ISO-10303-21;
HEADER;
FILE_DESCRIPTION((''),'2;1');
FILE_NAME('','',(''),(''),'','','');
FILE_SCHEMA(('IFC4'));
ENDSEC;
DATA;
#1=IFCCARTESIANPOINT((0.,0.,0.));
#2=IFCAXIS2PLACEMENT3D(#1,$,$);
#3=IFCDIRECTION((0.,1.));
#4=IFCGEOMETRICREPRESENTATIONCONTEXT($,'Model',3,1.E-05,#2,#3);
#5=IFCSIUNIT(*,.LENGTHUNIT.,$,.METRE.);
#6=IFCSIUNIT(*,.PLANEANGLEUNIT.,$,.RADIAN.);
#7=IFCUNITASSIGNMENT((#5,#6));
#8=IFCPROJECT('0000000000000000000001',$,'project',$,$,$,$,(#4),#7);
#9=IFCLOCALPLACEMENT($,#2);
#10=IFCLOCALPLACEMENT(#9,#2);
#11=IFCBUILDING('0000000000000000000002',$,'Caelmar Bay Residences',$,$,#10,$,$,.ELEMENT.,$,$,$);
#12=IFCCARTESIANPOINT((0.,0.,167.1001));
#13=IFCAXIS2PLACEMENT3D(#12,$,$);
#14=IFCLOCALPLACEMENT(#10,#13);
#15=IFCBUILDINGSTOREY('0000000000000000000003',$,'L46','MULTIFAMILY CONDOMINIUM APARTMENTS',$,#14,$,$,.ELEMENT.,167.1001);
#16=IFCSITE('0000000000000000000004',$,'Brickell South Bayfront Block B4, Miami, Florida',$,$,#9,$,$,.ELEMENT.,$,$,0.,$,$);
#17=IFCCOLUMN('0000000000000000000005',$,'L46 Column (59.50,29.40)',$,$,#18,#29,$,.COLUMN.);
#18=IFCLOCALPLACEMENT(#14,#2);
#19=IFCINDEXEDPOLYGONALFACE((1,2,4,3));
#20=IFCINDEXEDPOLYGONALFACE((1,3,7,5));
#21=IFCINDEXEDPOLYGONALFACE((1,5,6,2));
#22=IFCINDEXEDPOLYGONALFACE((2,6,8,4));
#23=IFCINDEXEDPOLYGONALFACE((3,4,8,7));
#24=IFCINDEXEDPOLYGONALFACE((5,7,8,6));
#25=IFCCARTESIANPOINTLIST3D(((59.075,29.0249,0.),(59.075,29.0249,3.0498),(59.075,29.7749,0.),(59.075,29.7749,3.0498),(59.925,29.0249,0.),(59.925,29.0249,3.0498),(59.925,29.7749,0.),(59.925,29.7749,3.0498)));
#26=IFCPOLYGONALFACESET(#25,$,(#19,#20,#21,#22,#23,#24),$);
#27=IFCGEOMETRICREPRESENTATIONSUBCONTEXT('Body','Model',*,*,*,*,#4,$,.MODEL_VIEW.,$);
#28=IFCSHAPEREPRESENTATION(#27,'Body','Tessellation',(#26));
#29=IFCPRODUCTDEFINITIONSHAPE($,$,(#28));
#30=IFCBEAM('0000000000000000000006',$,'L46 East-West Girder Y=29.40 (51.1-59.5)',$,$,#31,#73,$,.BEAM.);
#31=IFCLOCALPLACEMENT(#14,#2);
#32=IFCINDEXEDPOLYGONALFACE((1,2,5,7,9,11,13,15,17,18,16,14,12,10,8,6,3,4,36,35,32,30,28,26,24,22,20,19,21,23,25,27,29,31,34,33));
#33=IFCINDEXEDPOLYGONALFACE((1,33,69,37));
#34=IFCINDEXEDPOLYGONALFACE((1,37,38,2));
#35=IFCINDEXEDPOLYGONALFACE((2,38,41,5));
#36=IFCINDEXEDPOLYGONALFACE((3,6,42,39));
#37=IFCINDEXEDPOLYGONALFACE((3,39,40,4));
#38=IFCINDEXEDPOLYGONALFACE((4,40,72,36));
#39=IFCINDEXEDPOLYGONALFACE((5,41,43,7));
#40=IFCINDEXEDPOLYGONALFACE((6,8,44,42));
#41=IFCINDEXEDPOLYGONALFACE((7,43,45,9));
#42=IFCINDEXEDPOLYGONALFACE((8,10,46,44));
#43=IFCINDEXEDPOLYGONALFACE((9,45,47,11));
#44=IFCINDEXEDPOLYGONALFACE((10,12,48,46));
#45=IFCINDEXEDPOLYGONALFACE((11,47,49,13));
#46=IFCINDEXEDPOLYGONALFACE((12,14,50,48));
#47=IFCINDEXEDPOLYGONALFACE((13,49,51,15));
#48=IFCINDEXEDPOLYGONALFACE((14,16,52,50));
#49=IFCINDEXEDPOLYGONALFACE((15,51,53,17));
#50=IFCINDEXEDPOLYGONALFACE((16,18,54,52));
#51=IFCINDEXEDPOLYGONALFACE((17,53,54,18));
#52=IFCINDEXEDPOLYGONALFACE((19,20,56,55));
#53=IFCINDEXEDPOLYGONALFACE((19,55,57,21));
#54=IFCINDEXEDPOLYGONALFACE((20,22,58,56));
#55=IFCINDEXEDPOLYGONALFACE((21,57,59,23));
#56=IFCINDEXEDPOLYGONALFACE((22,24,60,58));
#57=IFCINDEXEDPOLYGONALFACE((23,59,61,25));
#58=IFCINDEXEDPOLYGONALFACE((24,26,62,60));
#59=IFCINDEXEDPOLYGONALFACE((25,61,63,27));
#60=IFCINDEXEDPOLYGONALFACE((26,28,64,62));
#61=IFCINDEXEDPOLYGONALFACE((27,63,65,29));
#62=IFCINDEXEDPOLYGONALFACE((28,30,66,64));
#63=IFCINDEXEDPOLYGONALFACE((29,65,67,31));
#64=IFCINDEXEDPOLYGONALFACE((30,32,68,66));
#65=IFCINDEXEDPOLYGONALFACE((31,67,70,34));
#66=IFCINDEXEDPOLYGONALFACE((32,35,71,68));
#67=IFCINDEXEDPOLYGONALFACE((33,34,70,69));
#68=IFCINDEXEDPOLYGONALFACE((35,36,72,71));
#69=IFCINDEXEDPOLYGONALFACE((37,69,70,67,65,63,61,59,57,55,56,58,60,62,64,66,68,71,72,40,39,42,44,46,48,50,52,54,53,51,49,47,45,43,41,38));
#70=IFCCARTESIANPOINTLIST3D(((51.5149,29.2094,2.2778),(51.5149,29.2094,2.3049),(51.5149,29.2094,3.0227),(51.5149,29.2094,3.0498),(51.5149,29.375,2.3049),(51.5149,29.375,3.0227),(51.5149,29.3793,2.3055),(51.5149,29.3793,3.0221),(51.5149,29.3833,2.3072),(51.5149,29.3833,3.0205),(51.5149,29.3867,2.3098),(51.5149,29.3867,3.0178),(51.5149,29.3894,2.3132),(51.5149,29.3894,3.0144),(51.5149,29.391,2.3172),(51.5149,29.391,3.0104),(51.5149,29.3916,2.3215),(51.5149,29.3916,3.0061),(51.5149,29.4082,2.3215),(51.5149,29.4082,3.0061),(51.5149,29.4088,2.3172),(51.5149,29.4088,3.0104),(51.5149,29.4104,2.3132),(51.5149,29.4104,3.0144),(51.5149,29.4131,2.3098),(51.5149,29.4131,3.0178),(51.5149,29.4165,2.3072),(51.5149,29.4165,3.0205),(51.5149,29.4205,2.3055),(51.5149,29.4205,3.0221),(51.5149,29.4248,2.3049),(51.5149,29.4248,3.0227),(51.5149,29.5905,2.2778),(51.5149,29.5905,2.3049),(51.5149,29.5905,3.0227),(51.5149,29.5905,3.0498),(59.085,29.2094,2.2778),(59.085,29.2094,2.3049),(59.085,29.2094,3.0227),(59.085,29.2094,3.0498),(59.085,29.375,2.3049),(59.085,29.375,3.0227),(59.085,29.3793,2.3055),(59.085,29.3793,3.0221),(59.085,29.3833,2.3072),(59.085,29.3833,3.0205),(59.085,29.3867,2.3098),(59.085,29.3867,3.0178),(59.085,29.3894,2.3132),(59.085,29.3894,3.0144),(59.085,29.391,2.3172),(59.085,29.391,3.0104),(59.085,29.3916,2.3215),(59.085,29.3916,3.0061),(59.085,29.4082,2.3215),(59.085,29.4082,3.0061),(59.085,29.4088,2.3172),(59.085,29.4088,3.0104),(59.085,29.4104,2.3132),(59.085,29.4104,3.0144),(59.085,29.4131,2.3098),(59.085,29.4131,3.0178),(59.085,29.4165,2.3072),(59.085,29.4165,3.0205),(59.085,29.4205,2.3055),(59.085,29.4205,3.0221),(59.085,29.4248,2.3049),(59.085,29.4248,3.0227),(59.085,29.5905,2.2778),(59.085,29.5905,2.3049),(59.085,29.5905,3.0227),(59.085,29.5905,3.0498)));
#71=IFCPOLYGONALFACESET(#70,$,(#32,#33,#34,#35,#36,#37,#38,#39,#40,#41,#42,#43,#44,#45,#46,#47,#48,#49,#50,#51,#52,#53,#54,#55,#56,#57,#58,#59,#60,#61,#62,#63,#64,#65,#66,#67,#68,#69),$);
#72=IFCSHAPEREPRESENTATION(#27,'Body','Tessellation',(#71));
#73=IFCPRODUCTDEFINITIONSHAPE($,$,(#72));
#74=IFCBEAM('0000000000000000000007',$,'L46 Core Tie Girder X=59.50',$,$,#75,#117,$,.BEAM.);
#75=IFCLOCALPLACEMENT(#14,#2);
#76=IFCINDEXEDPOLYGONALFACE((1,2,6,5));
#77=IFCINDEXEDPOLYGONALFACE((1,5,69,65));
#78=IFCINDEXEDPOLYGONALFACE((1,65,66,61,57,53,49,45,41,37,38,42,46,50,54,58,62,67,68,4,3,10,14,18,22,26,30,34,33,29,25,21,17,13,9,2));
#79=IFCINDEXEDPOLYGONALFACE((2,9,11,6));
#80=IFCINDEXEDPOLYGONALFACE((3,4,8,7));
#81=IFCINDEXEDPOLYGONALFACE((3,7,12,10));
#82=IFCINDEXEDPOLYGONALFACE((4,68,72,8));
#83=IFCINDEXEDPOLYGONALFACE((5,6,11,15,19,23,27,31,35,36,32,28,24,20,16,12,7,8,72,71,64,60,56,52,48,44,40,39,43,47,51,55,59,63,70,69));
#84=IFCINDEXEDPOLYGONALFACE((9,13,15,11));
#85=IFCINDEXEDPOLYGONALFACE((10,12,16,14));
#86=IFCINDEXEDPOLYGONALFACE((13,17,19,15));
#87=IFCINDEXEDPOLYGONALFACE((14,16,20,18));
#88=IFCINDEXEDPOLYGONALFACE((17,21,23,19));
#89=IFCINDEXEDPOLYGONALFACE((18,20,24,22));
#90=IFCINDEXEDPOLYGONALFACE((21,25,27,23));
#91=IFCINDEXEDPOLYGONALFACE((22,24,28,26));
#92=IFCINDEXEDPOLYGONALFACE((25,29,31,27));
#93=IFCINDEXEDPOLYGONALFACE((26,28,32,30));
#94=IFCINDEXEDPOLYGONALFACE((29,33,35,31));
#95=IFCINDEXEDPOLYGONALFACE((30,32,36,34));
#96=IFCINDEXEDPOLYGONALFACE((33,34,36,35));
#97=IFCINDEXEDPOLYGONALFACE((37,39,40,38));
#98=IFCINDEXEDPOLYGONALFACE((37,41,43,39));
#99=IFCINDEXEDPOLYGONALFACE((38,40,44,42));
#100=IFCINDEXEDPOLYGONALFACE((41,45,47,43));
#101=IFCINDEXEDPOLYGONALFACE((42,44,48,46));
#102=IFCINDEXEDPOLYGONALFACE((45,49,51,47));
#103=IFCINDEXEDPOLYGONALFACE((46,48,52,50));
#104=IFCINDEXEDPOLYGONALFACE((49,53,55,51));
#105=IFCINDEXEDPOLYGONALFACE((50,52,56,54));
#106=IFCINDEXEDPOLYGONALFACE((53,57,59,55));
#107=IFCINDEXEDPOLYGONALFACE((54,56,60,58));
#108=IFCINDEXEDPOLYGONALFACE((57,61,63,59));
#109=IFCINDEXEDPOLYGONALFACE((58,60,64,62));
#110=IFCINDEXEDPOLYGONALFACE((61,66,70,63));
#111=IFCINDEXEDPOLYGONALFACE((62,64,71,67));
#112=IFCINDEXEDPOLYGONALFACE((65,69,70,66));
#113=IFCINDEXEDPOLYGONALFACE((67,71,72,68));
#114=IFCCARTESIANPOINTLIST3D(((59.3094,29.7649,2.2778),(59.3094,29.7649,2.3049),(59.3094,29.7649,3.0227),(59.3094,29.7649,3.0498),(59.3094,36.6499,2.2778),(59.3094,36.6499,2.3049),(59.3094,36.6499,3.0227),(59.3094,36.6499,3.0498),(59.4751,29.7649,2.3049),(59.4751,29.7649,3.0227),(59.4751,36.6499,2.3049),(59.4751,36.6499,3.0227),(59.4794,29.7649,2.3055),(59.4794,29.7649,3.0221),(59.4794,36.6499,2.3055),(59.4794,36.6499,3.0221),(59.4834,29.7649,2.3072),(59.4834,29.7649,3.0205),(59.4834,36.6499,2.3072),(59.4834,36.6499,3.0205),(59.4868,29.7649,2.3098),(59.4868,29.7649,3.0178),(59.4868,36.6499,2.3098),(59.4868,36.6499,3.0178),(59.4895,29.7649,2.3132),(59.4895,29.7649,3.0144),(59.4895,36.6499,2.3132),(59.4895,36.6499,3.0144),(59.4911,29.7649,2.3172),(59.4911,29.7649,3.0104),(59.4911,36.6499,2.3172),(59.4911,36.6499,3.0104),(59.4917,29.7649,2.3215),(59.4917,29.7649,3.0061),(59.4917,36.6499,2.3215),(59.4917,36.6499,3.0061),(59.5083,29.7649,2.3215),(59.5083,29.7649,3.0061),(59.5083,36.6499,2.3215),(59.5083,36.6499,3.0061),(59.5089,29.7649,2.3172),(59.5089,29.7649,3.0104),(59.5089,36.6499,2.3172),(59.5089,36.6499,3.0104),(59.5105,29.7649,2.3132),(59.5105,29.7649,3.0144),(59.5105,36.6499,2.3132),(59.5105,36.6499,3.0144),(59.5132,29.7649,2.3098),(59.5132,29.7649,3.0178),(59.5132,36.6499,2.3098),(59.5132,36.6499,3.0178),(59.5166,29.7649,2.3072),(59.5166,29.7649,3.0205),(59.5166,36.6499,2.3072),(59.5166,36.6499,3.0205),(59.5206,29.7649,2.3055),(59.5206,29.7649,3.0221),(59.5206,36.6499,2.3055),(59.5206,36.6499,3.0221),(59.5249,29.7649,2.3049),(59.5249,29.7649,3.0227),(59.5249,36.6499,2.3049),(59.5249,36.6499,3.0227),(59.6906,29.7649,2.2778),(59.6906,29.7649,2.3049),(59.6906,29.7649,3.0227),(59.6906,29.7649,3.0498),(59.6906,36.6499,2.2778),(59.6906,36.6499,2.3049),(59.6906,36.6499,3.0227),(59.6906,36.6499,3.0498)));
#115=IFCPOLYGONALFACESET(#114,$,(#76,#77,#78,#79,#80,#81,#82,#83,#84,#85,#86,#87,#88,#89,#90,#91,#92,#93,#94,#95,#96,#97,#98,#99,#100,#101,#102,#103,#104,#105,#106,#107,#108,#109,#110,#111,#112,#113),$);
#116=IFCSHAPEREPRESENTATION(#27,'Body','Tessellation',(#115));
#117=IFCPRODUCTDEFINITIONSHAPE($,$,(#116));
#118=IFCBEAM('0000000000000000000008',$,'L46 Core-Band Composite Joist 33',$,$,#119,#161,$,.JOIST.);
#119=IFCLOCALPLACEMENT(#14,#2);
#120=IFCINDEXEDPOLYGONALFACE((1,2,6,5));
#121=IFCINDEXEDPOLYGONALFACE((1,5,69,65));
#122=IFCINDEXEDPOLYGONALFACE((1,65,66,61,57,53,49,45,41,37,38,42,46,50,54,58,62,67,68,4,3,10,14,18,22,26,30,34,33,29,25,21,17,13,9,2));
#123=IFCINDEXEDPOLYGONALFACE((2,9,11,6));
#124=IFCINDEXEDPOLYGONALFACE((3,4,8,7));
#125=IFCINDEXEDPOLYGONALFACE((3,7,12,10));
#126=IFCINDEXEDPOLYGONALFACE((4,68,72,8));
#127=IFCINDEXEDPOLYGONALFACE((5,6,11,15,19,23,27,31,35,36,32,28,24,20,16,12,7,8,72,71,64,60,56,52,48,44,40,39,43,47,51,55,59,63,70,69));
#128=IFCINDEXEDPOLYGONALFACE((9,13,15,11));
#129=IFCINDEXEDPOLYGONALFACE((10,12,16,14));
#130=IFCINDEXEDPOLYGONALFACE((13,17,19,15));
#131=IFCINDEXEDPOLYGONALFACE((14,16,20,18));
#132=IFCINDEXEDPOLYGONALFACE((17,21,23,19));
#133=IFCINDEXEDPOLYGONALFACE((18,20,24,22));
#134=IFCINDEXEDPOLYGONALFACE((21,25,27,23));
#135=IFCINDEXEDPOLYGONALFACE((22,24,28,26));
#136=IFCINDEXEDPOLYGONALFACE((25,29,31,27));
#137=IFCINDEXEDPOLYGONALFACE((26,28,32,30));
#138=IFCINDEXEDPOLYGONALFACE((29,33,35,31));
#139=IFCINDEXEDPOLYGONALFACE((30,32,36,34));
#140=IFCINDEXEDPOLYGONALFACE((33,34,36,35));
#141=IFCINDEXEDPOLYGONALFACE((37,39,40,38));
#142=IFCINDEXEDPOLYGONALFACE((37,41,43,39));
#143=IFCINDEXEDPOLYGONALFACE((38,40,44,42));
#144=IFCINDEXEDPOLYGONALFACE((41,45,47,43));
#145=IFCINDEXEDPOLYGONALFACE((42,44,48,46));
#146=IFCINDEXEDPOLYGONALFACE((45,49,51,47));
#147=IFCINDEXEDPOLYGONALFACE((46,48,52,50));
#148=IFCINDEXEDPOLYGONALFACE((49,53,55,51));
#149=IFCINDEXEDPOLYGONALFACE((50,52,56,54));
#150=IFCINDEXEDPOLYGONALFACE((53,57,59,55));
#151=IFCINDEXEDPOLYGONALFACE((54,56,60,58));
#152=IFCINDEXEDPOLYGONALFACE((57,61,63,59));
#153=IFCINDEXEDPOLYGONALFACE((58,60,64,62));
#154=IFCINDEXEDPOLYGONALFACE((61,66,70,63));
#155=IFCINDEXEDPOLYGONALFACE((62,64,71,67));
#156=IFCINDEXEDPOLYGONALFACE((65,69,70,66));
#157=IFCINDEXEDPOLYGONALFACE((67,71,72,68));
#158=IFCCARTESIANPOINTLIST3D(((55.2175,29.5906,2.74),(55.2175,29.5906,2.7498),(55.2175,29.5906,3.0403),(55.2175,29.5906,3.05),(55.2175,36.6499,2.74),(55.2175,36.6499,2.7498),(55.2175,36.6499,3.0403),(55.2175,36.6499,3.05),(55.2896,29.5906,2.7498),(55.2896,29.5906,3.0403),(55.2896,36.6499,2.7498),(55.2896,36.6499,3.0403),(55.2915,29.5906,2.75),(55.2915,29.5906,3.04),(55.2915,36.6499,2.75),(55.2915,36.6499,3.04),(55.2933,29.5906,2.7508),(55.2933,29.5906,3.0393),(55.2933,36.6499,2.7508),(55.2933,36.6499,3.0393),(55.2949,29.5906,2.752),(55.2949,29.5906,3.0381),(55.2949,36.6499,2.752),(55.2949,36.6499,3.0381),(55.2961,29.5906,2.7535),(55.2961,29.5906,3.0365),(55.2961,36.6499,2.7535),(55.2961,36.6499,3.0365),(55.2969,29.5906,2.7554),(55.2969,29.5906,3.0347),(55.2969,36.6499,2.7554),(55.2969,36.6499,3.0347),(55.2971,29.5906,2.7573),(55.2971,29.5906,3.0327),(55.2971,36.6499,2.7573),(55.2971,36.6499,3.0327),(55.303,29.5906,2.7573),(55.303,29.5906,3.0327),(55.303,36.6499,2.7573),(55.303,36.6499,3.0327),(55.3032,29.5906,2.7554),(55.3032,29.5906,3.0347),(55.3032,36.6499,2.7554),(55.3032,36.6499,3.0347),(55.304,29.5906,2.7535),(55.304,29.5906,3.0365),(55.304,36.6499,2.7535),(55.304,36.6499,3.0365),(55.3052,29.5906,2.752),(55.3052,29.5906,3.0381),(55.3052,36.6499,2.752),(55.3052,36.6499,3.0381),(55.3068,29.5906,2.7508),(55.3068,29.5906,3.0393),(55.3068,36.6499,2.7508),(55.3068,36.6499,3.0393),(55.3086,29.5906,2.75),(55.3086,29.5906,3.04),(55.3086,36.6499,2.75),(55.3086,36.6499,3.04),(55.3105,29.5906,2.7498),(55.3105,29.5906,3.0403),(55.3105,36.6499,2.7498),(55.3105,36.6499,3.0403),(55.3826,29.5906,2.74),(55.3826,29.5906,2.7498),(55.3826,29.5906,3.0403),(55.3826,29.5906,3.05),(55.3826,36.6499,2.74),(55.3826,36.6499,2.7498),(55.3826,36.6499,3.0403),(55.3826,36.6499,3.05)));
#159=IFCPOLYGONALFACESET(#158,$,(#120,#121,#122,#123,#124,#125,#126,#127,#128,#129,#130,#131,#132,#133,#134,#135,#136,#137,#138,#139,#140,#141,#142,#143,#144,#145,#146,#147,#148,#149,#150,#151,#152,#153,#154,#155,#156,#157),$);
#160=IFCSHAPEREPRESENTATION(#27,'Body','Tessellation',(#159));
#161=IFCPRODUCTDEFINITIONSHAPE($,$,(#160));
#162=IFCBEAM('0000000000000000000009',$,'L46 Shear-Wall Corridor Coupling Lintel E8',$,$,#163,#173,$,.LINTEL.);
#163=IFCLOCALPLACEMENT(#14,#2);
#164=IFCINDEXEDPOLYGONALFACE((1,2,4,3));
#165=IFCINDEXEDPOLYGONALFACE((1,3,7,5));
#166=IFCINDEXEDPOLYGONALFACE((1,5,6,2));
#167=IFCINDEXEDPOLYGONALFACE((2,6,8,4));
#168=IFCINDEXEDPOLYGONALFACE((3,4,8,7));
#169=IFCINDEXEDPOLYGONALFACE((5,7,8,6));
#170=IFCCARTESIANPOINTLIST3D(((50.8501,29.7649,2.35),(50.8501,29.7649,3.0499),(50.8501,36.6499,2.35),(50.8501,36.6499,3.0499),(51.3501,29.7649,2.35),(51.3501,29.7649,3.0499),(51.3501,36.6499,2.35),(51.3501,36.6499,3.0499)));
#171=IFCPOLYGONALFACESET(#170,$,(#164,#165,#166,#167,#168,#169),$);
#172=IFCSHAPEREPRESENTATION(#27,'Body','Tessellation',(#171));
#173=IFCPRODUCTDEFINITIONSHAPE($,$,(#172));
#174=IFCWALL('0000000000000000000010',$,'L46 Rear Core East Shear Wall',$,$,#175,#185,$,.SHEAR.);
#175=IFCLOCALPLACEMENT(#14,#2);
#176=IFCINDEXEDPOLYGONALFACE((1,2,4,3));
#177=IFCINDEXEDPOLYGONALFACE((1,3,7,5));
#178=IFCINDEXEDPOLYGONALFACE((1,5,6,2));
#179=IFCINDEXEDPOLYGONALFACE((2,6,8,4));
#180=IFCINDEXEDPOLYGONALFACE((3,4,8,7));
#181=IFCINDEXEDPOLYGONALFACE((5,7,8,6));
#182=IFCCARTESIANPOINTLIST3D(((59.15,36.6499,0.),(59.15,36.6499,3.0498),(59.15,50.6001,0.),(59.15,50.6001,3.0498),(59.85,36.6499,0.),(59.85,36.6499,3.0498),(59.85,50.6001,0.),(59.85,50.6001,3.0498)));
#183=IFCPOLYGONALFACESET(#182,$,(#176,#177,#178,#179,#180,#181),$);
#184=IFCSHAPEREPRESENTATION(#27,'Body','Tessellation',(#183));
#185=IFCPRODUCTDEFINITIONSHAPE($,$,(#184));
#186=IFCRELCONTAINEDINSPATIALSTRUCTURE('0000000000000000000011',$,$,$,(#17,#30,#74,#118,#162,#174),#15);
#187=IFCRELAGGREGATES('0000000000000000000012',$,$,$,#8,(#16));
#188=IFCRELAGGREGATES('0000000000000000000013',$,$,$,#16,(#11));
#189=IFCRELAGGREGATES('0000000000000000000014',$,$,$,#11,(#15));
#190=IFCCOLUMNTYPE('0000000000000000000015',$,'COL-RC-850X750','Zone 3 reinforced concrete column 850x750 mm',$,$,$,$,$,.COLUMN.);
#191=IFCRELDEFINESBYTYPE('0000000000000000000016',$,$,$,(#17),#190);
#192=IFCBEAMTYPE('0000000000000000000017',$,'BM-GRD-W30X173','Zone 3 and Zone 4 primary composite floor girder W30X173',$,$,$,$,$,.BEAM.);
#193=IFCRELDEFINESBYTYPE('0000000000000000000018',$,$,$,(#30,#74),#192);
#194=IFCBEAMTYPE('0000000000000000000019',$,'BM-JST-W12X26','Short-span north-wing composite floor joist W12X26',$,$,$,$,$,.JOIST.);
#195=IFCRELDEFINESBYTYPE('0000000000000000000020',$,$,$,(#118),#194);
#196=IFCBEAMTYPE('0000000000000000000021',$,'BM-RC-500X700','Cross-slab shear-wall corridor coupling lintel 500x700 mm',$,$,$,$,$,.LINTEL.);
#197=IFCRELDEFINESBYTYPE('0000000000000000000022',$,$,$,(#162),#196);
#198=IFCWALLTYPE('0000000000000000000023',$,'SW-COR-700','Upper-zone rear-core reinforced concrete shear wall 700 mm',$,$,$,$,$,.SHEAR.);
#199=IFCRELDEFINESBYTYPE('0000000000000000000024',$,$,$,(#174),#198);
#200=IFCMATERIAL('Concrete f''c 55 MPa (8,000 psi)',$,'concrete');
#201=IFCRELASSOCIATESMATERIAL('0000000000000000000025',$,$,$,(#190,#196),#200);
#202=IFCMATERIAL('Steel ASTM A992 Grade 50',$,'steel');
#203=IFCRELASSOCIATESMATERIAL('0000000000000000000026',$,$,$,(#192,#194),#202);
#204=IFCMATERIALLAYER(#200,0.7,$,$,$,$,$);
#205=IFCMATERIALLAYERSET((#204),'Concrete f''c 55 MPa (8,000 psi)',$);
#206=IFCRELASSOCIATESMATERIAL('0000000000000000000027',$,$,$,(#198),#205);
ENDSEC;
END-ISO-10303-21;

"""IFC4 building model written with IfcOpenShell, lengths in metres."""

from ifc_helpers import new_model, si_unit, direction, frame, frame_2d, origin, origin_2d, place, context, subcontext, project, spatial, rectangle, i_section, extrude, material, layer, layer_set, material_profile, profile_set, type_object, element, save


model = new_model("IFC4")

# Units and contexts
model_context = context("Model", 3, precision=1e-05, world=origin(), true_north=direction((0.0, 1.0)))
body_context = subcontext(model_context, "Body", "Model", "MODEL_VIEW")
ifc_project = project(units=[si_unit("LENGTHUNIT", "METRE"), si_unit("PLANEANGLEUNIT", "RADIAN")], contexts=[model_context])

# Site, building, storey
site_placement = place(None, origin())
site = spatial("IfcSite", under=ifc_project, at=site_placement, Name="Brickell South Bayfront Block B4, Miami, Florida", CompositionType="ELEMENT", RefElevation=0.0)
building_placement = place(site_placement, origin())
building = spatial("IfcBuilding", under=site, at=building_placement, Name="Caelmar Bay Residences", CompositionType="ELEMENT")
storey_placement = place(building_placement, frame((0.0, 0.0, 167.1001)))
storey = spatial("IfcBuildingStorey", under=building, at=storey_placement, Name="L46", Description="MULTIFAMILY CONDOMINIUM APARTMENTS", CompositionType="ELEMENT", Elevation=167.1001)

# Column
ifc_material_1 = material(Name="Concrete f'c 55 MPa (8,000 psi)", Category="concrete")
ifc_material_profile_1 = material_profile(ifc_material_1, rectangle(XDim=0.8501, YDim=0.75, at=origin_2d()), Name="RC-COL-850X750")
ifc_profile_set_1 = profile_set([ifc_material_profile_1], Name="Concrete f'c 55 MPa (8,000 psi)")
column_type = type_object("IfcColumnType", Name="COL-RC-850X750", Description="Zone 3 reinforced concrete column 850x750 mm", PredefinedType="COLUMN", material=ifc_profile_set_1)
column_placement = place(storey_placement, frame((59.5, 29.3999, 0.0), z_axis=(0.0, 0.0, 1.0), x_axis=(1.0, 0.0, 0.0)))
element("IfcColumn", 1, at=column_placement, inside=storey, type_object=column_type, Name="L46 Column (59.50,29.40)", PredefinedType="COLUMN", context=body_context, shape_type="SweptSolid", body=[
    extrude(rectangle(XDim=0.8501, YDim=0.75, at=origin_2d()), origin(), (0.0, 0.0, 1.0), 3.0498),
])

# Beams
ifc_material_2 = material(Name="Steel ASTM A992 Grade 50", Category="steel")
ifc_material_profile_2 = material_profile(ifc_material_2, i_section(OverallWidth=0.3811, OverallDepth=0.772, WebThickness=0.0166, FlangeThickness=0.0271, FilletRadius=0.0166, at=origin_2d()), Name="W30X173")
ifc_profile_set_2 = profile_set([ifc_material_profile_2], Name="Steel ASTM A992 Grade 50")
beam_type_1 = type_object("IfcBeamType", Name="BM-GRD-W30X173", Description="Zone 3 and Zone 4 primary composite floor girder W30X173", PredefinedType="BEAM", material=ifc_profile_set_2)
beam_1_placement = place(storey_placement, frame((51.5149, 29.3999, 2.6638), z_axis=(1.0, 0.0, 0.0), x_axis=(0.0, 1.0, 0.0)))
element("IfcBeam", 2, at=beam_1_placement, inside=storey, type_object=beam_type_1, Name="L46 East-West Girder Y=29.40 (51.1-59.5)", PredefinedType="BEAM", context=body_context, shape_type="SweptSolid", body=[
    extrude(i_section(OverallWidth=0.3811, OverallDepth=0.772, WebThickness=0.0166, FlangeThickness=0.0271, FilletRadius=0.0166, at=origin_2d()), origin(), (0.0, 0.0, 1.0), 7.5701),
])
beam_2_placement = place(storey_placement, frame((59.5, 29.7649, 2.6638), z_axis=(0.0, 1.0, 0.0), x_axis=(-1.0, 0.0, 0.0)))
element("IfcBeam", 3, at=beam_2_placement, inside=storey, type_object=beam_type_1, Name="L46 Core Tie Girder X=59.50", PredefinedType="BEAM", context=body_context, shape_type="SweptSolid", body=[
    extrude(i_section(OverallWidth=0.3811, OverallDepth=0.772, WebThickness=0.0166, FlangeThickness=0.0271, FilletRadius=0.0166, at=origin_2d()), origin(), (0.0, 0.0, 1.0), 6.885),
])
ifc_material_profile_3 = material_profile(ifc_material_2, i_section(OverallWidth=0.165, OverallDepth=0.3101, WebThickness=0.0059, FlangeThickness=0.0098, FilletRadius=0.0076, at=origin_2d()), Name="W12X26")
ifc_profile_set_3 = profile_set([ifc_material_profile_3], Name="Steel ASTM A992 Grade 50")
beam_type_2 = type_object("IfcBeamType", Name="BM-JST-W12X26", Description="Short-span north-wing composite floor joist W12X26", PredefinedType="JOIST", material=ifc_profile_set_3)
beam_3_placement = place(storey_placement, frame((55.3, 29.5906, 2.895), z_axis=(0.0, 1.0, 0.0), x_axis=(-1.0, 0.0, 0.0)))
element("IfcBeam", 4, at=beam_3_placement, inside=storey, type_object=beam_type_2, Name="L46 Core-Band Composite Joist 33", PredefinedType="JOIST", context=body_context, shape_type="SweptSolid", body=[
    extrude(i_section(OverallWidth=0.165, OverallDepth=0.3101, WebThickness=0.0059, FlangeThickness=0.0098, FilletRadius=0.0076, at=origin_2d()), origin(), (0.0, 0.0, 1.0), 7.0593),
])
ifc_material_profile_4 = material_profile(ifc_material_1, rectangle(XDim=0.5, YDim=0.7, at=origin_2d()), Name="RC-BM-500X700")
ifc_profile_set_4 = profile_set([ifc_material_profile_4], Name="Concrete f'c 55 MPa (8,000 psi)")
beam_type_3 = type_object("IfcBeamType", Name="BM-RC-500X700", Description="Cross-slab shear-wall corridor coupling lintel 500x700 mm", PredefinedType="LINTEL", material=ifc_profile_set_4)
beam_4_placement = place(storey_placement, frame((51.1001, 29.7649, 2.7), z_axis=(0.0, 1.0, 0.0), x_axis=(-1.0, 0.0, 0.0)))
element("IfcBeam", 5, at=beam_4_placement, inside=storey, type_object=beam_type_3, Name="L46 Shear-Wall Corridor Coupling Lintel E8", PredefinedType="LINTEL", context=body_context, shape_type="SweptSolid", body=[
    extrude(rectangle(XDim=0.5, YDim=0.7, at=origin_2d()), origin(), (0.0, 0.0, 1.0), 6.885),
])

# Wall
ifc_layer_1 = layer(ifc_material_1, 0.7)
ifc_layer_set_1 = layer_set([ifc_layer_1], Name="Concrete f'c 55 MPa (8,000 psi)")
wall_type_1 = type_object("IfcWallType", Name="SW-COR-700", Description="Upper-zone rear-core reinforced concrete shear wall 700 mm", PredefinedType="SHEAR", material=ifc_layer_set_1)
wall_1_placement = place(storey_placement, frame((59.5, 36.6499, 0.0), z_axis=(0.0, 0.0, 1.0), x_axis=(0.0, 1.0, 0.0)))
element("IfcWall", 6, at=wall_1_placement, inside=storey, type_object=wall_type_1, Name="L46 Rear Core East Shear Wall", PredefinedType="SHEAR", context=body_context, shape_type="SweptSolid", body=[
    extrude(rectangle(XDim=13.9502, YDim=0.7, at=frame_2d((6.9751, 0.0))), origin(), (0.0, 0.0, 1.0), 3.0498),
])

save(model, "model.ifc")
